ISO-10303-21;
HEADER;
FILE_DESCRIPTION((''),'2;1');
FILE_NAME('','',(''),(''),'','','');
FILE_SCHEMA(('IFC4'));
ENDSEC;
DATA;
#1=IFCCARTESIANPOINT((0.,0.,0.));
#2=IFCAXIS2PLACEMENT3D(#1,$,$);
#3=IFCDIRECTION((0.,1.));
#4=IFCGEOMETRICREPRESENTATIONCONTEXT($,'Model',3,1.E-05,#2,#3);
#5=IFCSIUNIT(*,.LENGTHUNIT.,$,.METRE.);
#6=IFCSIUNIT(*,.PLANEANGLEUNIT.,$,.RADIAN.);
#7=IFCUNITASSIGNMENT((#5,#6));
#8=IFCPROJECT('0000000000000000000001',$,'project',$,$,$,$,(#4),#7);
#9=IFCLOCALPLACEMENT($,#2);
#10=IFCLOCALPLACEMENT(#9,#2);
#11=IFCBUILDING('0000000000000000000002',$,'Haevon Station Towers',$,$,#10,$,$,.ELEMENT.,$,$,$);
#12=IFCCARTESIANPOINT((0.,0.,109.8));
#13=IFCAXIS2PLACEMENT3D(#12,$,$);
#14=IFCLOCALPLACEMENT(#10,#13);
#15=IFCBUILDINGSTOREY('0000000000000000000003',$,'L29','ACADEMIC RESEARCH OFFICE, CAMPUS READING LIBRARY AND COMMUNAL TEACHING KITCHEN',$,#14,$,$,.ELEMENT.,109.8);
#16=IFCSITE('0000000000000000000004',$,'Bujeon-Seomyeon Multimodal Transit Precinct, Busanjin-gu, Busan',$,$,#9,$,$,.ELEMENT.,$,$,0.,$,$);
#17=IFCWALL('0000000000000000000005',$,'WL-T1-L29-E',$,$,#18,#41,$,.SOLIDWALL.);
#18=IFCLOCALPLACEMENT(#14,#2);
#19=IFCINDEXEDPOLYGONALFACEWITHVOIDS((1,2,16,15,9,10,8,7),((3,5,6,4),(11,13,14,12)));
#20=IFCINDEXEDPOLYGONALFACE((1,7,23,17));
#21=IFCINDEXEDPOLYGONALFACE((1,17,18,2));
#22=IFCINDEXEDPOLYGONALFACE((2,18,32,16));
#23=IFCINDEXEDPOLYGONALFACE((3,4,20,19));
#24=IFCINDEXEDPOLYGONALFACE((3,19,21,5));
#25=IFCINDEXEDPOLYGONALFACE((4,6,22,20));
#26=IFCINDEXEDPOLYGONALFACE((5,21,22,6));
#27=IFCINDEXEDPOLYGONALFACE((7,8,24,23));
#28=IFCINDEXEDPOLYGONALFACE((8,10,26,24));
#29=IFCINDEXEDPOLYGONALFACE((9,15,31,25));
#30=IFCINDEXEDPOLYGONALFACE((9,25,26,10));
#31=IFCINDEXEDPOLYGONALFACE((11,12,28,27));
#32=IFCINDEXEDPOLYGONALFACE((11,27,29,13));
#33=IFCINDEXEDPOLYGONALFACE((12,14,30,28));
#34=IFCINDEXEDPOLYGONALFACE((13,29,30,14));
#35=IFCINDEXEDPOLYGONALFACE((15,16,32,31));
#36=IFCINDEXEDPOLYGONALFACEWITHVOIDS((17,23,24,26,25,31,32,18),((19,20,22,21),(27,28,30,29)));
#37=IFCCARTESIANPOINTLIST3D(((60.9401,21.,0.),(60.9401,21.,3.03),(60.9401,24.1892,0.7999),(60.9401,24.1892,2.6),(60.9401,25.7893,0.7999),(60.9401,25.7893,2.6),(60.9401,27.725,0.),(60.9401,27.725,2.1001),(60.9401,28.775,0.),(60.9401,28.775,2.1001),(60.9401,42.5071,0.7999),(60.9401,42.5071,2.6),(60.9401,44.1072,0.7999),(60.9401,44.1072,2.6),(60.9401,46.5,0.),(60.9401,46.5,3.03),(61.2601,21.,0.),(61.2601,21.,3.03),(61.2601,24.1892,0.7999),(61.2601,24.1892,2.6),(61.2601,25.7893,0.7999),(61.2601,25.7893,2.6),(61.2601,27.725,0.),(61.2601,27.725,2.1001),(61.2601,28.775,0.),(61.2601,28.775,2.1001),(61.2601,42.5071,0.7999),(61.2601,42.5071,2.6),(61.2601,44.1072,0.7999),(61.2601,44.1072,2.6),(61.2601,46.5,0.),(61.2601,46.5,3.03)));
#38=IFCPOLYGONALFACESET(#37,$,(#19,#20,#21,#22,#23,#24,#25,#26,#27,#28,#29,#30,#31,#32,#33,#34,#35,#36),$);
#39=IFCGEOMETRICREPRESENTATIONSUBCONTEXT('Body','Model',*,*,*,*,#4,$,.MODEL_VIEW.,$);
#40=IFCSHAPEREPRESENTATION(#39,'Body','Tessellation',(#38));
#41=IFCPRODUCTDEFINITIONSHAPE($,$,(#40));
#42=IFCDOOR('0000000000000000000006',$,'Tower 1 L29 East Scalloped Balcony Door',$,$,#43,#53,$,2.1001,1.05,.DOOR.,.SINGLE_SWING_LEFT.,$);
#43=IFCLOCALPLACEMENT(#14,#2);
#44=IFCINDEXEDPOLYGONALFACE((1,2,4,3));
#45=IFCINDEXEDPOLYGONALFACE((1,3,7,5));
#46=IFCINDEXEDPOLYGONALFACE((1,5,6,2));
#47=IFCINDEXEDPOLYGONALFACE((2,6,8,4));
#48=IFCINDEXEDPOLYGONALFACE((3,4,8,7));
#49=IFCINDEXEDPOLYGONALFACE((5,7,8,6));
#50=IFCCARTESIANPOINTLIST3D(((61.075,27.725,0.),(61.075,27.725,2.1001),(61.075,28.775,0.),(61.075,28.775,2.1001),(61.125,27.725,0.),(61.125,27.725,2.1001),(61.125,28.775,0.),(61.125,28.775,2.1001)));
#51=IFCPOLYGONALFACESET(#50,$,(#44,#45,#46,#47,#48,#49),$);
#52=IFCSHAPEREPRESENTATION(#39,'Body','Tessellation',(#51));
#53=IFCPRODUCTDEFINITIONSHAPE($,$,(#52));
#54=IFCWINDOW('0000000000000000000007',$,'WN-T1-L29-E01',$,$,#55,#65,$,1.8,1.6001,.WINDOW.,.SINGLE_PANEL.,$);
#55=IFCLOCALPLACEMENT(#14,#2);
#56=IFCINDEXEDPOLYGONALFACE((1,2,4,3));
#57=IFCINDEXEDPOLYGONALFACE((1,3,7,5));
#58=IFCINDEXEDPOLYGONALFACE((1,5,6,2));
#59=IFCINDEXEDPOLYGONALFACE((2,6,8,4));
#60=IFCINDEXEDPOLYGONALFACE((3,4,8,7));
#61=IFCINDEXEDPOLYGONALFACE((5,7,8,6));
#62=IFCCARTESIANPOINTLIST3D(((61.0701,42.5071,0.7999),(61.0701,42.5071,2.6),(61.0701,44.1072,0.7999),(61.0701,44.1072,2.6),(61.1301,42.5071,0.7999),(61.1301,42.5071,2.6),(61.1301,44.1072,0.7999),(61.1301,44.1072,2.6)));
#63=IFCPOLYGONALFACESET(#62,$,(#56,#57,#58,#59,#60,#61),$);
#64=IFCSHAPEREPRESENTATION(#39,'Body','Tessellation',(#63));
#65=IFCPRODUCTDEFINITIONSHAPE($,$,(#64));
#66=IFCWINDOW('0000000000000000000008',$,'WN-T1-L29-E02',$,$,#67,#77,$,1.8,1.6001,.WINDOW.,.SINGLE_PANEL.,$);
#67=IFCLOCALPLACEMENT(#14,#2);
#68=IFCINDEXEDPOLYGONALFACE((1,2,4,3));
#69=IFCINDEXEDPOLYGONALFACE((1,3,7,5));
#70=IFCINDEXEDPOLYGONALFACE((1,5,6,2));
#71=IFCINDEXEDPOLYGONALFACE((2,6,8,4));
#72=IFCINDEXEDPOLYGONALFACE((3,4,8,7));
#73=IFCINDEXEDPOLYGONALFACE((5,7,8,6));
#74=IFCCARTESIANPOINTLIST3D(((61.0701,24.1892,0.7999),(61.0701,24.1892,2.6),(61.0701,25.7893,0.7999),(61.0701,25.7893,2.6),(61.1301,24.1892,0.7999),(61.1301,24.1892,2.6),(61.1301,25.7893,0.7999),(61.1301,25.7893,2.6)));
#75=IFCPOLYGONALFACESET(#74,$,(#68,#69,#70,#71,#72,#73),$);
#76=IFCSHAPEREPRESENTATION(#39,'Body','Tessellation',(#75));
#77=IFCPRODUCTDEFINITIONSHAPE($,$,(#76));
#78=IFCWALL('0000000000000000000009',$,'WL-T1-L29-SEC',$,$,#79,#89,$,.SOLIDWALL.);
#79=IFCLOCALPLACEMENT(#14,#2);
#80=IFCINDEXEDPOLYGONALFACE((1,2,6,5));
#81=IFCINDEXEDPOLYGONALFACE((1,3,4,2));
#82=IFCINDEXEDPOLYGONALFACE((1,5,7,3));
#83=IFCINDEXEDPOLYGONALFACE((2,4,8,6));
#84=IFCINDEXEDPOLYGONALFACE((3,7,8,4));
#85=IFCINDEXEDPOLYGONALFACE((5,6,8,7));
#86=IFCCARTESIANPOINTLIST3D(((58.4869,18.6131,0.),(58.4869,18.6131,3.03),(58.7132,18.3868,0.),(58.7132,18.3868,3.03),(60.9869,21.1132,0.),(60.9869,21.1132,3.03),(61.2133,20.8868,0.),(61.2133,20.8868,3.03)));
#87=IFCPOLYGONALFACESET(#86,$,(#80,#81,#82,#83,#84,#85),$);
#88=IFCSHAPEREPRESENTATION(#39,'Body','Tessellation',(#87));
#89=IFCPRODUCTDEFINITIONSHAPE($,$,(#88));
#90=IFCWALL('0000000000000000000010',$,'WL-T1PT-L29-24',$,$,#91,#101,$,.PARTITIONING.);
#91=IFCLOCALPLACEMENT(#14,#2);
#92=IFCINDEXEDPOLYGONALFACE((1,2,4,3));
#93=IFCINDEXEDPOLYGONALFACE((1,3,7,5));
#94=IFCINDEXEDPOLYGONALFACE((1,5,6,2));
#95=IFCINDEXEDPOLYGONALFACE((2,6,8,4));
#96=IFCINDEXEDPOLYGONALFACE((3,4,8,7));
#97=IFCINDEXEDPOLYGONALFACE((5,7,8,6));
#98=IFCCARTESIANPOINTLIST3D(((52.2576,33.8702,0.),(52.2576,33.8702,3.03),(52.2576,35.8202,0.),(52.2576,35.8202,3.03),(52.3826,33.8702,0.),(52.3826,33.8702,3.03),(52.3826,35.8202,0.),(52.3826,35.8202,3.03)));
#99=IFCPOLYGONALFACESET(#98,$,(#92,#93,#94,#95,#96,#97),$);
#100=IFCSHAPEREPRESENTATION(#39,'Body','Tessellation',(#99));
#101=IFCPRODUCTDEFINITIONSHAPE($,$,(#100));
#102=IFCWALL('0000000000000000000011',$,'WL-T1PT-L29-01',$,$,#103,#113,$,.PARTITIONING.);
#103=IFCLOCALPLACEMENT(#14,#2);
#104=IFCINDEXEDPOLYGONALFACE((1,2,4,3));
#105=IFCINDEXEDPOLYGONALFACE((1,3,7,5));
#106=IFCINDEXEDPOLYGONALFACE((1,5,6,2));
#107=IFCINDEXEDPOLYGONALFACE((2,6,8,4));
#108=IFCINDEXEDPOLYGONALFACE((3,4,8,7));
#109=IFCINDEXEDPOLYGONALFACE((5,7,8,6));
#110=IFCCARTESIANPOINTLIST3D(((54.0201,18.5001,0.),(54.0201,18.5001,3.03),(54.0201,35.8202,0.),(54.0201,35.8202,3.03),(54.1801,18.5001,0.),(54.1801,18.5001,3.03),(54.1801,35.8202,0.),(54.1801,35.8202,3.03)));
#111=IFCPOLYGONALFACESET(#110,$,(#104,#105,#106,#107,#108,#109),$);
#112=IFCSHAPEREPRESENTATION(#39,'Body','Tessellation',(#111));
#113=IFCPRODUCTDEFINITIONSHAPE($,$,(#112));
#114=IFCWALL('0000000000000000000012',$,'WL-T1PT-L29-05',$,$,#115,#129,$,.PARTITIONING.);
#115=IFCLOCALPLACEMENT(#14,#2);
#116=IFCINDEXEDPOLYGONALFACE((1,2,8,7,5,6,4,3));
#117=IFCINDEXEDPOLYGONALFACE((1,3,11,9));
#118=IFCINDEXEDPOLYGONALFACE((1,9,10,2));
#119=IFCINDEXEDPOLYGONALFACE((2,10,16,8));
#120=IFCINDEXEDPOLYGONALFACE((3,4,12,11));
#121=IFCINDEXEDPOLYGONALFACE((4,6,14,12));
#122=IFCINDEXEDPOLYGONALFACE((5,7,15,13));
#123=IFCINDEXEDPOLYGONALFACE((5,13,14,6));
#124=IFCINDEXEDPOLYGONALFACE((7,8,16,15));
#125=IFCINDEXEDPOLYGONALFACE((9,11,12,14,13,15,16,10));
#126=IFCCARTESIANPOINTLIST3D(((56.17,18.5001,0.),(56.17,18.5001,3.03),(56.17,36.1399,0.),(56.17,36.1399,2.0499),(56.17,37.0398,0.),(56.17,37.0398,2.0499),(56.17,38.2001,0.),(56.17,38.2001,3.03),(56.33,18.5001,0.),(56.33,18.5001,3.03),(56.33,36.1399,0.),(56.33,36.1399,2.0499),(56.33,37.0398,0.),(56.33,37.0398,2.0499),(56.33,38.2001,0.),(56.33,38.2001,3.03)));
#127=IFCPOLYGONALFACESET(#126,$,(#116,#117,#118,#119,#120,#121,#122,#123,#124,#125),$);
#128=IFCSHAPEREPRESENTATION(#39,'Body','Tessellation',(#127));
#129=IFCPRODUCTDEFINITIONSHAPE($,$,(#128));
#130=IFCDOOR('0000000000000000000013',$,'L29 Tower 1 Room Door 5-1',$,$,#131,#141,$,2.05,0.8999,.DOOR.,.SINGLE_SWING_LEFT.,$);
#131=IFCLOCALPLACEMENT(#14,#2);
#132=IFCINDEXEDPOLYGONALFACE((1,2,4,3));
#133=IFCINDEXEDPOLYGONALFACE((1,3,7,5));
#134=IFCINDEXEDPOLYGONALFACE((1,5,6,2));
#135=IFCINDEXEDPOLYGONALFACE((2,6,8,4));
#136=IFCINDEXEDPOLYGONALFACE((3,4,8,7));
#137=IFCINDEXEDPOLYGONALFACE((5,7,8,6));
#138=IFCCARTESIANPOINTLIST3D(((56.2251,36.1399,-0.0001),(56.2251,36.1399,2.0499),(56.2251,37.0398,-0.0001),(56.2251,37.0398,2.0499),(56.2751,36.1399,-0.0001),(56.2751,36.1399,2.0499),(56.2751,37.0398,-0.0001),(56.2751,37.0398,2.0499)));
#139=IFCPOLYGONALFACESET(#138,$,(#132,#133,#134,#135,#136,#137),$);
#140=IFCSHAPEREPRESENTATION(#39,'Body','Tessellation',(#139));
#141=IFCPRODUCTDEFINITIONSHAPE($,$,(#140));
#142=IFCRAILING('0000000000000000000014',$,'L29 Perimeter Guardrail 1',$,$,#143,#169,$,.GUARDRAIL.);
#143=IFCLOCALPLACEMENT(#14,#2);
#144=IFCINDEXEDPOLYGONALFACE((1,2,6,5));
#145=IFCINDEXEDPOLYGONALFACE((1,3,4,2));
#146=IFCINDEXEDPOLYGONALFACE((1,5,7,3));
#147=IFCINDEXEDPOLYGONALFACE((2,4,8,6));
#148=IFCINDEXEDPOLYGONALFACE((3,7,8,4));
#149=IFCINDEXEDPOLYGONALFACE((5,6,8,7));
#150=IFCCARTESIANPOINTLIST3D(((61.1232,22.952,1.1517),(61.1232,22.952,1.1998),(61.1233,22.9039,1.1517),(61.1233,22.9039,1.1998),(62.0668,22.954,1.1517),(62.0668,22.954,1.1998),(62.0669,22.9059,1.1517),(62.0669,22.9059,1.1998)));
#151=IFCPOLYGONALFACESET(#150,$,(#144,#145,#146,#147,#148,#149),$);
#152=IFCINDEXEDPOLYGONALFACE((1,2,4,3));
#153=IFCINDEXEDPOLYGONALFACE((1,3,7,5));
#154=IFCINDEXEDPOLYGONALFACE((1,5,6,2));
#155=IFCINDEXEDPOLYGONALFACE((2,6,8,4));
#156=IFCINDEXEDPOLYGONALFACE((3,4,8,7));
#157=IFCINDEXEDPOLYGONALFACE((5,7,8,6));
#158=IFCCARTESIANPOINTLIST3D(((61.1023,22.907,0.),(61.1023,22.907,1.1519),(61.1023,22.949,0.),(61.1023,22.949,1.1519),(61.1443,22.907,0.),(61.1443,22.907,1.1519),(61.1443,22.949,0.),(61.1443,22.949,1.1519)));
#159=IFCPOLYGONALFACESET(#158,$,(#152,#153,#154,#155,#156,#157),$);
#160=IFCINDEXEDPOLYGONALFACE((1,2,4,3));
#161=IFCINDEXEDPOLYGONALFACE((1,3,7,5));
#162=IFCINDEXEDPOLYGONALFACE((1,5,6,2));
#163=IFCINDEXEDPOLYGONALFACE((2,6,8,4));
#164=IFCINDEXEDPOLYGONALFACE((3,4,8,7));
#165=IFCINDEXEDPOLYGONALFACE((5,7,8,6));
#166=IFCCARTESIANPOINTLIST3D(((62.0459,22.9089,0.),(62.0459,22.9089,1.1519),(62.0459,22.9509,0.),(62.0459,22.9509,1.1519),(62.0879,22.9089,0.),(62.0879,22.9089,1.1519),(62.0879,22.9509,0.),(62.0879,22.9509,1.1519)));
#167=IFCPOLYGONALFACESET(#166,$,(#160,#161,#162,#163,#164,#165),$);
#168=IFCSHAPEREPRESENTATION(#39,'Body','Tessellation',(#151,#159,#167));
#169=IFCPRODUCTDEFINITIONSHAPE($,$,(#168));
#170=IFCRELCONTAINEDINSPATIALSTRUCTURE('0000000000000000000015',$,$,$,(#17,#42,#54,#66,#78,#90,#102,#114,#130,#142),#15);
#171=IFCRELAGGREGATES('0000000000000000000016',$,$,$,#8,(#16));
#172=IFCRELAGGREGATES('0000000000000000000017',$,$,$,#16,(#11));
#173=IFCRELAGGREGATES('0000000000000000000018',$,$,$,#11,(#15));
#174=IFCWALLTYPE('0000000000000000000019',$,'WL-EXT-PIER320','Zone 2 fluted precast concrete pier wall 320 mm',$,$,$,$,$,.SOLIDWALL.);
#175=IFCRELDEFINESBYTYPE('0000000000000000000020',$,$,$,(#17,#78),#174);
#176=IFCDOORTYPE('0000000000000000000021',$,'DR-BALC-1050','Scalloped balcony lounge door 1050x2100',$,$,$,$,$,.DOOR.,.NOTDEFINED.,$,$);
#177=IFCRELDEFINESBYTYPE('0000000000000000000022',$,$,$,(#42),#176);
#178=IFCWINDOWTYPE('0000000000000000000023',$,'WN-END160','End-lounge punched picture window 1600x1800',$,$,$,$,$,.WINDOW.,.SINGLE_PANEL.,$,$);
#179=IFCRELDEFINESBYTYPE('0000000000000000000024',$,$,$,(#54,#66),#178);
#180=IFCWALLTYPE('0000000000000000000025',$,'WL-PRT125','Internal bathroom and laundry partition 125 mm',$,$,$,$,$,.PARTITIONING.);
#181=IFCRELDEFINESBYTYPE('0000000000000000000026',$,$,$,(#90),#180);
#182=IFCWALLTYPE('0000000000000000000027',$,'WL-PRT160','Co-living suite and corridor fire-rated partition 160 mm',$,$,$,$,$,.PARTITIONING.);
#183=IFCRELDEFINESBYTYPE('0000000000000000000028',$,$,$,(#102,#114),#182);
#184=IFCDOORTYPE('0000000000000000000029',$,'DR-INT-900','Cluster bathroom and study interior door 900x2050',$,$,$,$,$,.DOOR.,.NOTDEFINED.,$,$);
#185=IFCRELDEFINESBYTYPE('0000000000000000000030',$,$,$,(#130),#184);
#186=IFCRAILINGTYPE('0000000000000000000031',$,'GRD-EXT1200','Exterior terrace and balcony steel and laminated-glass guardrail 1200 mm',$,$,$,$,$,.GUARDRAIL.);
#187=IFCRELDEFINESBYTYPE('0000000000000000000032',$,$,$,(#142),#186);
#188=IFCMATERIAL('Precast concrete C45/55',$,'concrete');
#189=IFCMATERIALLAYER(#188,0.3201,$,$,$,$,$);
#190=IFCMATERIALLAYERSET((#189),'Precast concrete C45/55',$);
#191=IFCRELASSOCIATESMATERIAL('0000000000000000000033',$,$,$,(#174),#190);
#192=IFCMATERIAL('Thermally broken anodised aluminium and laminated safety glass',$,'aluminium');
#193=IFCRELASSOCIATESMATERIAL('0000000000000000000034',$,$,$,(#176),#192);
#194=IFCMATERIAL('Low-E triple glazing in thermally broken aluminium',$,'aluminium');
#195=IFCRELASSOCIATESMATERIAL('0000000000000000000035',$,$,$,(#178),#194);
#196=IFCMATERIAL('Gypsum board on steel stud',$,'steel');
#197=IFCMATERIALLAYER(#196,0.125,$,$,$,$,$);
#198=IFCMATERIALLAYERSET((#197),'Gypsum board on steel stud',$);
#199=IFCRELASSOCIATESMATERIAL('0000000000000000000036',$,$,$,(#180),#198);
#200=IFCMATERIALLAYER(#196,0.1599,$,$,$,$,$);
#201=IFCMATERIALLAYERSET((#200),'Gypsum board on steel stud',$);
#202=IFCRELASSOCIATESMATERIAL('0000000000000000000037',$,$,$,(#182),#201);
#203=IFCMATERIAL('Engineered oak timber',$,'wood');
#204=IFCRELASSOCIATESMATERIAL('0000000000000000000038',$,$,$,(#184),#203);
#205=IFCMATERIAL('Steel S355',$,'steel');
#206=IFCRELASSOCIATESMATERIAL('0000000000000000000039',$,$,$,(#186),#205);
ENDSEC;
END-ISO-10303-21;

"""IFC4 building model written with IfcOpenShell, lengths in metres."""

from ifc_helpers import new_model, si_unit, direction, frame, frame_2d, origin, origin_2d, place, context, subcontext, project, spatial, rectangle, extrude, material, layer, layer_set, type_object, element, fill, save


model = new_model("IFC4")

# Units and contexts
model_context = context("Model", 3, precision=1e-05, world=origin(), true_north=direction((0.0, 1.0)))
body_context = subcontext(model_context, "Body", "Model", "MODEL_VIEW")
ifc_project = project(units=[si_unit("LENGTHUNIT", "METRE"), si_unit("PLANEANGLEUNIT", "RADIAN")], contexts=[model_context])

# Site, building, storey
site_placement = place(None, origin())
site = spatial("IfcSite", under=ifc_project, at=site_placement, Name="Bujeon-Seomyeon Multimodal Transit Precinct, Busanjin-gu, Busan", CompositionType="ELEMENT", RefElevation=0.0)
building_placement = place(site_placement, origin())
building = spatial("IfcBuilding", under=site, at=building_placement, Name="Haevon Station Towers", CompositionType="ELEMENT")
storey_placement = place(building_placement, frame((0.0, 0.0, 109.8)))
storey = spatial("IfcBuildingStorey", under=building, at=storey_placement, Name="L29", Description="ACADEMIC RESEARCH OFFICE, CAMPUS READING LIBRARY AND COMMUNAL TEACHING KITCHEN", CompositionType="ELEMENT", Elevation=109.8)

# Shared definitions
ifc_material_1 = material(Name="Steel S355", Category="steel")

# Shared definitions
ifc_material_2 = material(Name="Gypsum board on steel stud", Category="steel")

# Shared definitions
ifc_material_3 = material(Name="Precast concrete C45/55", Category="concrete")
ifc_layer_1 = layer(ifc_material_3, 0.3201)
ifc_layer_set_1 = layer_set([ifc_layer_1], Name="Precast concrete C45/55")
wall_type_1 = type_object("IfcWallType", Name="WL-EXT-PIER320", Description="Zone 2 fluted precast concrete pier wall 320 mm", PredefinedType="SOLIDWALL", material=ifc_layer_set_1)
ifc_material_4 = material(Name="Low-E triple glazing in thermally broken aluminium", Category="aluminium")

# Wall, openings, door, windows
wall_1_placement = place(storey_placement, frame((61.1001, 46.5, 0.0), z_axis=(0.0, 0.0, 1.0), x_axis=(0.0, -1.0, 0.0)))
wall_1 = element("IfcWall", 1, at=wall_1_placement, inside=storey, type_object=wall_type_1, Name="WL-T1-L29-E", PredefinedType="SOLIDWALL", context=body_context, shape_type="SweptSolid", body=[
    extrude(rectangle(XDim=25.5, YDim=0.3201, at=frame_2d((12.75, 0.0))), origin(), (0.0, 0.0, 1.0), 3.03),
])
opening_1_placement = place(wall_1_placement, frame((17.7251, 0.0, 0.0)))
opening_1 = element("IfcOpeningElement", 2, at=opening_1_placement, cuts=wall_1, PredefinedType="OPENING", context=body_context, shape_type="SweptSolid", body=[
    extrude(rectangle(XDim=1.05, YDim=2.1001, at=frame_2d((0.5249, 1.05))), frame((0.0, 0.1699, 0.0), z_axis=(0.0, -1.0, 0.0), x_axis=(1.0, 0.0, 0.0)), (0.0, 0.0, 1.0), 0.3401),
])
opening_2_placement = place(wall_1_placement, frame((2.3928, 0.0, 0.8)))
opening_2 = element("IfcOpeningElement", 3, at=opening_2_placement, cuts=wall_1, PredefinedType="OPENING", context=body_context, shape_type="SweptSolid", body=[
    extrude(rectangle(XDim=1.6001, YDim=1.8, at=frame_2d((0.8, 0.8999))), frame((0.0, 0.1699, 0.0), z_axis=(0.0, -1.0, 0.0), x_axis=(1.0, 0.0, 0.0)), (0.0, 0.0, 1.0), 0.3401),
])
opening_3_placement = place(wall_1_placement, frame((20.7107, 0.0, 0.8)))
opening_3 = element("IfcOpeningElement", 4, at=opening_3_placement, cuts=wall_1, PredefinedType="OPENING", context=body_context, shape_type="SweptSolid", body=[
    extrude(rectangle(XDim=1.6001, YDim=1.8, at=frame_2d((0.8, 0.8999))), frame((0.0, 0.1699, 0.0), z_axis=(0.0, -1.0, 0.0), x_axis=(1.0, 0.0, 0.0)), (0.0, 0.0, 1.0), 0.3401),
])
ifc_material_5 = material(Name="Thermally broken anodised aluminium and laminated safety glass", Category="aluminium")
door_type_1 = type_object("IfcDoorType", Name="DR-BALC-1050", Description="Scalloped balcony lounge door 1050x2100", OperationType="NOTDEFINED", PredefinedType="DOOR", material=ifc_material_5)
door_1_placement = place(opening_1_placement, origin())
door_1 = element("IfcDoor", 5, at=door_1_placement, inside=storey, type_object=door_type_1, Name="Tower 1 L29 East Scalloped Balcony Door", OperationType="SINGLE_SWING_LEFT", OverallHeight=2.1001, OverallWidth=1.05, PredefinedType="DOOR", context=body_context, shape_type="SweptSolid", body=[
    extrude(rectangle(XDim=1.05, YDim=2.1001, at=frame_2d((0.5249, 1.05))), frame((0.0, 0.0249, 0.0), z_axis=(0.0, -1.0, 0.0), x_axis=(1.0, 0.0, 0.0)), (0.0, 0.0, 1.0), 0.05),
])
fill(opening_1, door_1)
window_type_1 = type_object("IfcWindowType", Name="WN-END160", Description="End-lounge punched picture window 1600x1800", PartitioningType="SINGLE_PANEL", PredefinedType="WINDOW", material=ifc_material_4)
window_1_placement = place(opening_2_placement, origin())
window_1 = element("IfcWindow", 6, at=window_1_placement, inside=storey, type_object=window_type_1, Name="WN-T1-L29-E01", OverallHeight=1.8, OverallWidth=1.6001, PartitioningType="SINGLE_PANEL", PredefinedType="WINDOW", context=body_context, shape_type="SweptSolid", body=[
    extrude(rectangle(XDim=1.6001, YDim=1.8, at=frame_2d((0.8, 0.8999))), frame((0.0, 0.03, 0.0), z_axis=(0.0, -1.0, 0.0), x_axis=(1.0, 0.0, 0.0)), (0.0, 0.0, 1.0), 0.0601),
])
fill(opening_2, window_1)
window_2_placement = place(opening_3_placement, origin())
window_2 = element("IfcWindow", 7, at=window_2_placement, inside=storey, type_object=window_type_1, Name="WN-T1-L29-E02", OverallHeight=1.8, OverallWidth=1.6001, PartitioningType="SINGLE_PANEL", PredefinedType="WINDOW", context=body_context, shape_type="SweptSolid", body=[
    extrude(rectangle(XDim=1.6001, YDim=1.8, at=frame_2d((0.8, 0.8999))), frame((0.0, 0.03, 0.0), z_axis=(0.0, -1.0, 0.0), x_axis=(1.0, 0.0, 0.0)), (0.0, 0.0, 1.0), 0.0601),
])
fill(opening_3, window_2)

# Walls
wall_2_placement = place(storey_placement, frame((61.1001, 21.0, 0.0), z_axis=(0.0, 0.0, 1.0), x_axis=(-0.707107, -0.707107, 0.0)))
element("IfcWall", 8, at=wall_2_placement, inside=storey, type_object=wall_type_1, Name="WL-T1-L29-SEC", PredefinedType="SOLIDWALL", context=body_context, shape_type="SweptSolid", body=[
    extrude(rectangle(XDim=3.5356, YDim=0.3201, at=frame_2d((1.7678, 0.0))), origin(), (0.0, 0.0, 1.0), 3.03),
])
ifc_layer_2 = layer(ifc_material_2, 0.125)
ifc_layer_set_2 = layer_set([ifc_layer_2], Name="Gypsum board on steel stud")
wall_type_2 = type_object("IfcWallType", Name="WL-PRT125", Description="Internal bathroom and laundry partition 125 mm", PredefinedType="PARTITIONING", material=ifc_layer_set_2)
wall_3_placement = place(storey_placement, frame((52.3201, 33.8701, 0.0), z_axis=(0.0, 0.0, 1.0), x_axis=(0.0, 1.0, 0.0)))
element("IfcWall", 9, at=wall_3_placement, inside=storey, type_object=wall_type_2, Name="WL-T1PT-L29-24", PredefinedType="PARTITIONING", context=body_context, shape_type="SweptSolid", body=[
    extrude(rectangle(XDim=1.95, YDim=0.125, at=frame_2d((0.9751, 0.0))), origin(), (0.0, 0.0, 1.0), 3.03),
])
ifc_layer_3 = layer(ifc_material_2, 0.1599)
ifc_layer_set_3 = layer_set([ifc_layer_3], Name="Gypsum board on steel stud")
wall_type_3 = type_object("IfcWallType", Name="WL-PRT160", Description="Co-living suite and corridor fire-rated partition 160 mm", PredefinedType="PARTITIONING", material=ifc_layer_set_3)
wall_4_placement = place(storey_placement, frame((54.1001, 18.5, 0.0), z_axis=(0.0, 0.0, 1.0), x_axis=(0.0, 1.0, 0.0)))
element("IfcWall", 10, at=wall_4_placement, inside=storey, type_object=wall_type_3, Name="WL-T1PT-L29-01", PredefinedType="PARTITIONING", context=body_context, shape_type="SweptSolid", body=[
    extrude(rectangle(XDim=17.3201, YDim=0.1599, at=frame_2d((8.6602, 0.0))), origin(), (0.0, 0.0, 1.0), 3.03),
])

# Wall, opening, door
wall_5_placement = place(storey_placement, frame((56.25, 18.5, 0.0), z_axis=(0.0, 0.0, 1.0), x_axis=(0.0, 1.0, 0.0)))
wall_5 = element("IfcWall", 11, at=wall_5_placement, inside=storey, type_object=wall_type_3, Name="WL-T1PT-L29-05", PredefinedType="PARTITIONING", context=body_context, shape_type="SweptSolid", body=[
    extrude(rectangle(XDim=19.7, YDim=0.1599, at=frame_2d((9.8501, 0.0))), origin(), (0.0, 0.0, 1.0), 3.03),
])
opening_4_placement = place(wall_5_placement, frame((17.6399, 0.0, 0.0)))
opening_4 = element("IfcOpeningElement", 12, at=opening_4_placement, cuts=wall_5, PredefinedType="OPENING", context=body_context, shape_type="SweptSolid", body=[
    extrude(rectangle(XDim=0.8999, YDim=2.05, at=frame_2d((0.45, 1.0249))), frame((0.0, 0.0898, 0.0), z_axis=(0.0, -1.0, 0.0), x_axis=(1.0, 0.0, 0.0)), (0.0, 0.0, 1.0), 0.1799),
])
ifc_material_6 = material(Name="Engineered oak timber", Category="wood")
door_type_2 = type_object("IfcDoorType", Name="DR-INT-900", Description="Cluster bathroom and study interior door 900x2050", OperationType="NOTDEFINED", PredefinedType="DOOR", material=ifc_material_6)
door_2_placement = place(opening_4_placement, origin())
door_2 = element("IfcDoor", 13, at=door_2_placement, inside=storey, type_object=door_type_2, Name="L29 Tower 1 Room Door 5-1", OperationType="SINGLE_SWING_LEFT", OverallHeight=2.05, OverallWidth=0.8999, PredefinedType="DOOR", context=body_context, shape_type="SweptSolid", body=[
    extrude(rectangle(XDim=0.8999, YDim=2.05, at=frame_2d((0.45, 1.0249))), frame((0.0, 0.0249, 0.0), z_axis=(0.0, -1.0, 0.0), x_axis=(1.0, 0.0, 0.0)), (0.0, 0.0, 1.0), 0.05),
])
fill(opening_4, door_2)

# Railing
railing_type = type_object("IfcRailingType", Name="GRD-EXT1200", Description="Exterior terrace and balcony steel and laminated-glass guardrail 1200 mm", PredefinedType="GUARDRAIL", material=ifc_material_1)
railing_placement = place(storey_placement, frame((61.1233, 22.928, 0.0)))
element("IfcRailing", 14, at=railing_placement, inside=storey, type_object=railing_type, Name="L29 Perimeter Guardrail 1", PredefinedType="GUARDRAIL", context=body_context, shape_type="SweptSolid", body=[
    extrude(rectangle(XDim=0.0481, YDim=0.0481, at=origin_2d()), frame((0.0, 0.0, 1.1758), z_axis=(0.999998, 0.00207, 0.0), x_axis=(-0.00207, 0.999998, 0.0)), (0.0, 0.0, 1.0), 0.9436),
    extrude(rectangle(XDim=0.042, YDim=0.042, at=origin_2d()), origin(), (0.0, 0.0, 1.0), 1.1519),
    extrude(rectangle(XDim=0.042, YDim=0.042, at=origin_2d()), frame((0.9436, 0.002, 0.0)), (0.0, 0.0, 1.0), 1.1519),
])

save(model, "model.ifc")
